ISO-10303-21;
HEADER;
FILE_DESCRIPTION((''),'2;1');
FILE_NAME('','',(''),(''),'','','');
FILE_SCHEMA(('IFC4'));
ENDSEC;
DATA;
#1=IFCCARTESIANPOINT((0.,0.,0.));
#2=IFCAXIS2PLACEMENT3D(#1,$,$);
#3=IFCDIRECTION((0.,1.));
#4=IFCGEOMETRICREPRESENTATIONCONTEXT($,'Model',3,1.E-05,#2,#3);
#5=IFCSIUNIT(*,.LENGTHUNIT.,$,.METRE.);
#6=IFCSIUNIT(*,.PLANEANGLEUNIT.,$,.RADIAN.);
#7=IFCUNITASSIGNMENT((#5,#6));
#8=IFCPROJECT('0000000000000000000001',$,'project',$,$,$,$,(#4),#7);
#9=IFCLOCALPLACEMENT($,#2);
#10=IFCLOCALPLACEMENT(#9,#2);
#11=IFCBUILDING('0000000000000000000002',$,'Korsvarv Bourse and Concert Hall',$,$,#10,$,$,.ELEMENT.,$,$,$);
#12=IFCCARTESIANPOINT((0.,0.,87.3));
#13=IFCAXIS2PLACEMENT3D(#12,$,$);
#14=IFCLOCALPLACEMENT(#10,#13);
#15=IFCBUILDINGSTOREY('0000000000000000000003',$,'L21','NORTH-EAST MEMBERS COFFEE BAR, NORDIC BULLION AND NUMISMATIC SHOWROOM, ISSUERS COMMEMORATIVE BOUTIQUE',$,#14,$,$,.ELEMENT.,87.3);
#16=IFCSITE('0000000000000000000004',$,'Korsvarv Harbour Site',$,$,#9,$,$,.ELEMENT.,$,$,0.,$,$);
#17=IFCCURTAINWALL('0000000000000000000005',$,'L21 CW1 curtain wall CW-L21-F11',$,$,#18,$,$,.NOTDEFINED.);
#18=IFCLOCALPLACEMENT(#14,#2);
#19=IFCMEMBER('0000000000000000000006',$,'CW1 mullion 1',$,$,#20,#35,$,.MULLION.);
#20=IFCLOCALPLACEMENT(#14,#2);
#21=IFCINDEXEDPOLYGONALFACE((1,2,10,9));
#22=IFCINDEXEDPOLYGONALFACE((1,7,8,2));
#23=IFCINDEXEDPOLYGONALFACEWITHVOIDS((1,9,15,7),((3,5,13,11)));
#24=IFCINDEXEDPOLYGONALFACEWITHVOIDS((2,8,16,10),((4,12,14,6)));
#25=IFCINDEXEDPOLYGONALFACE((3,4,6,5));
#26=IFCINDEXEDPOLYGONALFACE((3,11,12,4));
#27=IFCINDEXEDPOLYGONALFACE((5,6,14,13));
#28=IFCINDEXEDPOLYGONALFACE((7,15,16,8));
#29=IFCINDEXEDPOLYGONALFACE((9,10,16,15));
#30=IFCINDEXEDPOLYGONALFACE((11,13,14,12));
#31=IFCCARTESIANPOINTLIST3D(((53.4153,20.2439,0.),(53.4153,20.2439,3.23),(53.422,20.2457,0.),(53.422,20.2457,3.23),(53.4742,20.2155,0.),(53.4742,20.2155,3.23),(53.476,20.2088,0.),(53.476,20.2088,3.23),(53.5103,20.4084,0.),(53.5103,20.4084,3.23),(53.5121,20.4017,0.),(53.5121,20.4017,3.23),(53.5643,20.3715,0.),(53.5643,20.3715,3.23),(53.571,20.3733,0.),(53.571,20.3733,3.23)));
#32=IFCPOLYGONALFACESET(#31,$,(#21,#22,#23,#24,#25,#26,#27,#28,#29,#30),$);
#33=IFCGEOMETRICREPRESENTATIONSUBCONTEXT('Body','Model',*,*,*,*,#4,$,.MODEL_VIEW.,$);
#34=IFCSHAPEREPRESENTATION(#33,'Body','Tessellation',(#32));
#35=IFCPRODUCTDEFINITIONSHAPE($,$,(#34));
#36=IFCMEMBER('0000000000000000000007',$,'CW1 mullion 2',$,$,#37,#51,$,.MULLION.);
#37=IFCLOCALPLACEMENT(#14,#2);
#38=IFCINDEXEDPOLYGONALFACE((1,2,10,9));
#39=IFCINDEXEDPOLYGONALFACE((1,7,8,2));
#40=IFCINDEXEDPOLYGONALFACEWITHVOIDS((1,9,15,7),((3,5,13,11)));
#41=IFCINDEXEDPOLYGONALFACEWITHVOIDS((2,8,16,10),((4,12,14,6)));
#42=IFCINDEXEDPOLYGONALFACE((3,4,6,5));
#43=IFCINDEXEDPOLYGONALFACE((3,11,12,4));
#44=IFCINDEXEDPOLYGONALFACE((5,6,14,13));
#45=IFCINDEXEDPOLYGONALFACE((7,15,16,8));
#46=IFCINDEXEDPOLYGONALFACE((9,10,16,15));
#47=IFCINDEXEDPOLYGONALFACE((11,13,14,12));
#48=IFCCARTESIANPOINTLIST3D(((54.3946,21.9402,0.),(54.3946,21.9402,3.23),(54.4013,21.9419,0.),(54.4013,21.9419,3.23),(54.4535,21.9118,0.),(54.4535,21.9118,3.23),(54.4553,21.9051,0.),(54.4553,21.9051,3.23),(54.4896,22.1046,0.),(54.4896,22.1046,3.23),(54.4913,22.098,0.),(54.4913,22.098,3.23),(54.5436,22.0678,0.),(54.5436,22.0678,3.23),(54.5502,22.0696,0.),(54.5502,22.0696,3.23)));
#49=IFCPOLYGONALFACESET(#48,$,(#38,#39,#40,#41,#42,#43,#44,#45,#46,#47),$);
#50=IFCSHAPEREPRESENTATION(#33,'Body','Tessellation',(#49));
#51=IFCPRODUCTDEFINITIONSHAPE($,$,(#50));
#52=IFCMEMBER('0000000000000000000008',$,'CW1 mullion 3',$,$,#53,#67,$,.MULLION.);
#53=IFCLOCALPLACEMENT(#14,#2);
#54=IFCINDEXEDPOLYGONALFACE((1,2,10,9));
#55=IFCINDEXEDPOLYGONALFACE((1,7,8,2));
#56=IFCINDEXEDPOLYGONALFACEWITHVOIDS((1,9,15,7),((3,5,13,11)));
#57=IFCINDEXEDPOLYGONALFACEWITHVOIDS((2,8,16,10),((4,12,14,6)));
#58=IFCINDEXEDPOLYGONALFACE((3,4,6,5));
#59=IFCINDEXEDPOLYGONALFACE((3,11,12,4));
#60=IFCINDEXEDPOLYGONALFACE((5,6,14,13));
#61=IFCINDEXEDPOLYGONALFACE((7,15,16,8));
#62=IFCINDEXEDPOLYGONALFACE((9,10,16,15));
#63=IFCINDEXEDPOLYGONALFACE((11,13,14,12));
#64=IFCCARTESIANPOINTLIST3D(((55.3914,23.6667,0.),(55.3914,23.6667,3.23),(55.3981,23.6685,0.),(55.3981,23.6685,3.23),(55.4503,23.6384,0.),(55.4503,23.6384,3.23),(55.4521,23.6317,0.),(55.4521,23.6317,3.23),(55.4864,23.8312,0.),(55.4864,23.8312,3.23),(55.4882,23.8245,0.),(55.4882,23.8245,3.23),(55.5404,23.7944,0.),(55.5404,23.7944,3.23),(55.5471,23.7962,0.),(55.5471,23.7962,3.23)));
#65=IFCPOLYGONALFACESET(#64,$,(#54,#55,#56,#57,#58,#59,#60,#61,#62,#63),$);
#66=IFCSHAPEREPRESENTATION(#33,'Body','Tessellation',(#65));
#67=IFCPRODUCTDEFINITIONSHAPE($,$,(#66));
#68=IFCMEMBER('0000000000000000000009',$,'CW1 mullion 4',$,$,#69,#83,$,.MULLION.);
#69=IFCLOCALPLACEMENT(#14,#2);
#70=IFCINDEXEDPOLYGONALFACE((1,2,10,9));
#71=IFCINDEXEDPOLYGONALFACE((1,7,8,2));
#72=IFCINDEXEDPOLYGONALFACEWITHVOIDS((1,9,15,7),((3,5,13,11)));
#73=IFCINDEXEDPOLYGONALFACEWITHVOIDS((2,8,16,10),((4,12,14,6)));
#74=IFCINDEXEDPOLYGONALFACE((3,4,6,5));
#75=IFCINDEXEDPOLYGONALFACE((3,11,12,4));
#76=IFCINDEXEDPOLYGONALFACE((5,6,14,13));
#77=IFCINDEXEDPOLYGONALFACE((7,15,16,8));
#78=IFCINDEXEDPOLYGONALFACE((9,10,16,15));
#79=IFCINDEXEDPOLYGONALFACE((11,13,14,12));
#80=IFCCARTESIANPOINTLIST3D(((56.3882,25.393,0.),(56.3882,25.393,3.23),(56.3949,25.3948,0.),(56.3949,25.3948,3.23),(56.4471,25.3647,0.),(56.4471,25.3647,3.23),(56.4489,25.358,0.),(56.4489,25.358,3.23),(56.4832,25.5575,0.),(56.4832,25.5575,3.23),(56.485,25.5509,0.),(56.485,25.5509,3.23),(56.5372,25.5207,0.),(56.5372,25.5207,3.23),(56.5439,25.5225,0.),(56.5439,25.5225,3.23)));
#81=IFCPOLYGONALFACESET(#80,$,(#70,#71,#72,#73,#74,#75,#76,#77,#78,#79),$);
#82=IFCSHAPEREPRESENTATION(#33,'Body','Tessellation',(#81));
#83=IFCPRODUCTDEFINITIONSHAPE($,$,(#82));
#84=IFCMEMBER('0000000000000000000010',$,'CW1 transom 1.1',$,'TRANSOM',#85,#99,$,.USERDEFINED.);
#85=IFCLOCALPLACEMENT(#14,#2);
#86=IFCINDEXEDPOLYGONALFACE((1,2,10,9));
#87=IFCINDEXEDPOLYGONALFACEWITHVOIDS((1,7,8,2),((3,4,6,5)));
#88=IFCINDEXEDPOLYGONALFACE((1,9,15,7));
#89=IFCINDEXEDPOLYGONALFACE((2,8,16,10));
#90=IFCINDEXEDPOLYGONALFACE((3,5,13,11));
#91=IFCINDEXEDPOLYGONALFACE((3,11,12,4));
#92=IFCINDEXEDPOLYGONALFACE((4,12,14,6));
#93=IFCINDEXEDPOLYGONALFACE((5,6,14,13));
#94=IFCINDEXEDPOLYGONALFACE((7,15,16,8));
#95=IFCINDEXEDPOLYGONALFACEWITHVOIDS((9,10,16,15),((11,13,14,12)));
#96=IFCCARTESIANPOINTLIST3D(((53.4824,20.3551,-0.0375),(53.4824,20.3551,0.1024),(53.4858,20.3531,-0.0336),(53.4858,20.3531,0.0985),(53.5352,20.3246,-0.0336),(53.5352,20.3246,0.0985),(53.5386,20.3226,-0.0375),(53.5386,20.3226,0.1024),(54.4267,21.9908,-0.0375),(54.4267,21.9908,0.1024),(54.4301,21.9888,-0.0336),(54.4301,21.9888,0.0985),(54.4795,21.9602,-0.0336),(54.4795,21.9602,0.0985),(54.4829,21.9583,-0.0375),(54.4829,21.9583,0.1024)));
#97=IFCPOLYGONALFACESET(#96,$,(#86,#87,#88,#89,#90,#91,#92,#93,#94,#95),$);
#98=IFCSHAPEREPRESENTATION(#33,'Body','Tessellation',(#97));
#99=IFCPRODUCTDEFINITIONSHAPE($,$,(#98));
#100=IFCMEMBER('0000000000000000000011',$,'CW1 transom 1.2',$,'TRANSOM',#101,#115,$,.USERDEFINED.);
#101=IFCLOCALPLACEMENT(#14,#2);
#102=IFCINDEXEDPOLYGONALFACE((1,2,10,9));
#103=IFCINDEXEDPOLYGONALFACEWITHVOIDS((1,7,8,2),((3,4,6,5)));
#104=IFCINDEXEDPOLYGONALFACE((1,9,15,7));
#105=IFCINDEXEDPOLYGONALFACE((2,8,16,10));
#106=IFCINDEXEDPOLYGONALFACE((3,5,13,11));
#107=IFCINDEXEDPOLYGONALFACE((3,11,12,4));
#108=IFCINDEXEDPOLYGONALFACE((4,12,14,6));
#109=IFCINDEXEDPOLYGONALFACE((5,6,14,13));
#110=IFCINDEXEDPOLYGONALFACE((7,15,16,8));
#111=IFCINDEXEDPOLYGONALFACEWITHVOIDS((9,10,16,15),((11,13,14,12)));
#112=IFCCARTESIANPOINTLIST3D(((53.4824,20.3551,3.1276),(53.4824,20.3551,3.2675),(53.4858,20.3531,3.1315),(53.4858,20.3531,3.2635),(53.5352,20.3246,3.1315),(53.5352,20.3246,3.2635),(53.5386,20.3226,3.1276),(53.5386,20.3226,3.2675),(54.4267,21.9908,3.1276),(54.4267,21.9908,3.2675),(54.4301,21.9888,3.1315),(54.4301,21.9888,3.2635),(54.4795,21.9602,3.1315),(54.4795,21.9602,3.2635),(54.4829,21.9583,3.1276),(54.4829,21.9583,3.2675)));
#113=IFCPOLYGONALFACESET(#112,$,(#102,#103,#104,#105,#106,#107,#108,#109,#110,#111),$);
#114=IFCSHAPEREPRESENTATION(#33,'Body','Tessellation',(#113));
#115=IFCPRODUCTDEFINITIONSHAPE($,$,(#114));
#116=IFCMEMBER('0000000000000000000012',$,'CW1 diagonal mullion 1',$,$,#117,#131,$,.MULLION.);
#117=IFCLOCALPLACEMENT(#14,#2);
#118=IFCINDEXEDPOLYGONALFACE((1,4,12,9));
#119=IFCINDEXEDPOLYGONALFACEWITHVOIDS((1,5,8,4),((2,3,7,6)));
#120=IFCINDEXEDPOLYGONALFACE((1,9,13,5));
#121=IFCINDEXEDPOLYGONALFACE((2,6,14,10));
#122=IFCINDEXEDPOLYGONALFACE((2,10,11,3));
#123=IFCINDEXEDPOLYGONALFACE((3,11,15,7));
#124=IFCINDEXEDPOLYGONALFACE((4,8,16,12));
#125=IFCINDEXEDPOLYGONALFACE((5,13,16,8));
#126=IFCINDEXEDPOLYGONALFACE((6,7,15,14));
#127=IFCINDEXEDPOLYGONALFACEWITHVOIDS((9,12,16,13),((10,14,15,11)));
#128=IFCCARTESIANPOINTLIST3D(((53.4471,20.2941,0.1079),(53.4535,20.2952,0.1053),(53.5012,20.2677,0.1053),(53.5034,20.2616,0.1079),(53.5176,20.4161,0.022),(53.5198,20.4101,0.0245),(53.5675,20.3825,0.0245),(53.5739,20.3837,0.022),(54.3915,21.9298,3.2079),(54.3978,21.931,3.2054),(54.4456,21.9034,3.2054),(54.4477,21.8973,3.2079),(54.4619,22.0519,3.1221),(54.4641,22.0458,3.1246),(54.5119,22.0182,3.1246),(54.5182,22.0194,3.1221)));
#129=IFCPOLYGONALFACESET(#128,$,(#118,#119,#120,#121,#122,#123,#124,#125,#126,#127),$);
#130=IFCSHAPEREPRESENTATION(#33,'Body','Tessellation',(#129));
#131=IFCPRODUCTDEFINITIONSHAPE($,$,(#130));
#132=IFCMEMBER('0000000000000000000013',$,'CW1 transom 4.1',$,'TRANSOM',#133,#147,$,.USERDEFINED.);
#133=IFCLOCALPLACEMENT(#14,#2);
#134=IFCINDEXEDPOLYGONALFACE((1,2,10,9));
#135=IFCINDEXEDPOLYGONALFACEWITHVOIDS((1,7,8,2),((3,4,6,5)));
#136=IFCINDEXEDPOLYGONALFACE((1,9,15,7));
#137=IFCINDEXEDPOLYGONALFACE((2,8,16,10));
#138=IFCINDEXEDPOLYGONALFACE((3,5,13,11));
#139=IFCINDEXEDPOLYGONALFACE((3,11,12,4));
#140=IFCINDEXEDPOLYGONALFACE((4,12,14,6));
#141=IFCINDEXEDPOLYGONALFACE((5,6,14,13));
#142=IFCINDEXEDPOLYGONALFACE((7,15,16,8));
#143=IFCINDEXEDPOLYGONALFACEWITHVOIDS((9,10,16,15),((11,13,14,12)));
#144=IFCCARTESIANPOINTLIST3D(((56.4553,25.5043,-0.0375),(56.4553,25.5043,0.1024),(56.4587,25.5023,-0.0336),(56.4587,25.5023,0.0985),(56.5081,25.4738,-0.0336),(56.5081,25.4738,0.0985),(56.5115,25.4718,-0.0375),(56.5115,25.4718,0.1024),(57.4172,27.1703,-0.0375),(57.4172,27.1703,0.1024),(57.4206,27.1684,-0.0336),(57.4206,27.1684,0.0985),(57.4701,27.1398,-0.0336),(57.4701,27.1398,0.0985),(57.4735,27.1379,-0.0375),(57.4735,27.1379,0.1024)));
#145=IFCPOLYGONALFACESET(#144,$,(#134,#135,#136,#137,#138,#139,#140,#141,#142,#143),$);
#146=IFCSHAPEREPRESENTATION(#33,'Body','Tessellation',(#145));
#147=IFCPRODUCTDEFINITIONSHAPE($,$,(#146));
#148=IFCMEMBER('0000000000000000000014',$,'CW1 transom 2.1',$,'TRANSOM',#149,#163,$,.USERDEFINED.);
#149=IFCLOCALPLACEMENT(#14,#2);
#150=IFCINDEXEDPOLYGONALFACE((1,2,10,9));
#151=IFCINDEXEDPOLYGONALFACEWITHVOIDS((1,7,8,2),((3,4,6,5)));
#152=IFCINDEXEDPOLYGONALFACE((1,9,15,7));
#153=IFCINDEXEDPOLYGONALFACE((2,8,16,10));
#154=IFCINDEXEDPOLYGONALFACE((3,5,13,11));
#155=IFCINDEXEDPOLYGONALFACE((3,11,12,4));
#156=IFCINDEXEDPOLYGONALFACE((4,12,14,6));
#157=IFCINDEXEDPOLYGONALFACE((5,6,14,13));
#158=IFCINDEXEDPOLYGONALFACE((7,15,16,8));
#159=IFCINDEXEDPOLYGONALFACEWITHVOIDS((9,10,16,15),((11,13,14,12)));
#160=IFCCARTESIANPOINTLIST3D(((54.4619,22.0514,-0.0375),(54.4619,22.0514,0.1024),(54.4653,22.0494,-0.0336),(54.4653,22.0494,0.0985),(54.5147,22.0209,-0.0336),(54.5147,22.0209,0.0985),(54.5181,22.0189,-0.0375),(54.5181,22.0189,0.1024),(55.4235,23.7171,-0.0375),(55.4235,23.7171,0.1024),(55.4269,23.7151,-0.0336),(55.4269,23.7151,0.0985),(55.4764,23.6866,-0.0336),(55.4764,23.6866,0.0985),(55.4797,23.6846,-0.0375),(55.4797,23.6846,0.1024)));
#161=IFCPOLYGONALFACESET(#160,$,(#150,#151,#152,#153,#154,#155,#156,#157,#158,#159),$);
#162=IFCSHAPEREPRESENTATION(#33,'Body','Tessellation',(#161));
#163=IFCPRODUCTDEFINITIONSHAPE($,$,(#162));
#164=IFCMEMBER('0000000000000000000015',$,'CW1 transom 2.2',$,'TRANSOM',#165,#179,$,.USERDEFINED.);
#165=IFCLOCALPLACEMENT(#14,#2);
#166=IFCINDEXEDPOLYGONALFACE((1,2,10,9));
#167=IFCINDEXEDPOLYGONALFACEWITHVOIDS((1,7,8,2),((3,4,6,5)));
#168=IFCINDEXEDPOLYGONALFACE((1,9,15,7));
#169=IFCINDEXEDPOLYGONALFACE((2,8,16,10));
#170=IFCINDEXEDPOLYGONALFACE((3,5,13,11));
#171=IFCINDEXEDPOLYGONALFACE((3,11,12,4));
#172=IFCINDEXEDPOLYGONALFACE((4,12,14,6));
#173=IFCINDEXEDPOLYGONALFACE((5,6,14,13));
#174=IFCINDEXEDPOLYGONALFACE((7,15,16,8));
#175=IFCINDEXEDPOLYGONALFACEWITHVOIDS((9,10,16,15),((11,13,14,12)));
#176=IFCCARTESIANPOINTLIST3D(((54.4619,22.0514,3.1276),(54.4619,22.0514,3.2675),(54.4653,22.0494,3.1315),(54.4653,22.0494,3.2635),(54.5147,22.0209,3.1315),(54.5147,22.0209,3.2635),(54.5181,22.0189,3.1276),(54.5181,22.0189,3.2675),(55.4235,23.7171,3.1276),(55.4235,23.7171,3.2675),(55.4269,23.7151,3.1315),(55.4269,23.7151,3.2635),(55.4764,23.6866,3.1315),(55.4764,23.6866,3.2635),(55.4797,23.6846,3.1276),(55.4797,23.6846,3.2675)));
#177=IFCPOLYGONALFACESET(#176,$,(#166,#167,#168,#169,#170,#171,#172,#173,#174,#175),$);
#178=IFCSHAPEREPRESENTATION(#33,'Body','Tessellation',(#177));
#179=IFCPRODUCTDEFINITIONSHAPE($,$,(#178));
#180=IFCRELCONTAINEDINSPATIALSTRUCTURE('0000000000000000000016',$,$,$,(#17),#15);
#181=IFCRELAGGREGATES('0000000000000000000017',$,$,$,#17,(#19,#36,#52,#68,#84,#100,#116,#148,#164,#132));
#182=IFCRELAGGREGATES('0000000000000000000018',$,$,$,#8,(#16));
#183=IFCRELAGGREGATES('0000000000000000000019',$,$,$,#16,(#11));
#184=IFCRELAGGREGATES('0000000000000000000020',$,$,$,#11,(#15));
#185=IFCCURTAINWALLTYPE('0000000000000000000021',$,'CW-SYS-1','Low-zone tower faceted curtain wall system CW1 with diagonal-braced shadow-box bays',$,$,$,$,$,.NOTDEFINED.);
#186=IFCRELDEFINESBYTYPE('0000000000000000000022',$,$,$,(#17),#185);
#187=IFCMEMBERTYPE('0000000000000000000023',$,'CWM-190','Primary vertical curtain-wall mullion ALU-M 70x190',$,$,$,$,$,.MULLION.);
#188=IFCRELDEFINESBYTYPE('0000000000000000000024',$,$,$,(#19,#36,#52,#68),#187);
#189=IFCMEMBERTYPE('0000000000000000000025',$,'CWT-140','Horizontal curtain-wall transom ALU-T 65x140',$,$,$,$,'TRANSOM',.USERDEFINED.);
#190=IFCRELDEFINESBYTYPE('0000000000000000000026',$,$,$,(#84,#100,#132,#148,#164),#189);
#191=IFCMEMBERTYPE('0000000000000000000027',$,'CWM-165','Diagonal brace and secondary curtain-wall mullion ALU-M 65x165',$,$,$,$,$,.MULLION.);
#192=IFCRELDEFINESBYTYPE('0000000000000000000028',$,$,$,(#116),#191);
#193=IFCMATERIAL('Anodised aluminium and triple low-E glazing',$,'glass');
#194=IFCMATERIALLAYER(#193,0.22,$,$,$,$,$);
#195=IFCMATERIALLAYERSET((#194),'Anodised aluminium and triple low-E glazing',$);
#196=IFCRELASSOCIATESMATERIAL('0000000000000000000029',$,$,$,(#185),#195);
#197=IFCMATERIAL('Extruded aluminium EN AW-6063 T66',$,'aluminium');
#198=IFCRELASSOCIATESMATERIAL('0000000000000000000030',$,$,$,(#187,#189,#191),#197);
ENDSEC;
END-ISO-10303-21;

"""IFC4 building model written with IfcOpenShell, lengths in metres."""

from ifc_helpers import new_model, si_unit, direction, frame, origin, origin_2d, place, context, subcontext, project, spatial, hollow_rectangle, extrude, source, transform, mapped, material, layer, layer_set, material_profile, profile_set, type_object, element, aggregate, save


model = new_model("IFC4")

# Units and contexts
model_context = context("Model", 3, precision=1e-05, world=origin(), true_north=direction((0.0, 1.0)))
body_context = subcontext(model_context, "Body", "Model", "MODEL_VIEW")
ifc_project = project(units=[si_unit("LENGTHUNIT", "METRE"), si_unit("PLANEANGLEUNIT", "RADIAN")], contexts=[model_context])

# Site, building, storey
site_placement = place(None, origin())
site = spatial("IfcSite", under=ifc_project, at=site_placement, Name="Korsvarv Harbour Site", CompositionType="ELEMENT", RefElevation=0.0)
building_placement = place(site_placement, origin())
building = spatial("IfcBuilding", under=site, at=building_placement, Name="Korsvarv Bourse and Concert Hall", CompositionType="ELEMENT")
storey_placement = place(building_placement, frame((0.0, 0.0, 87.3)))
storey = spatial("IfcBuildingStorey", under=building, at=storey_placement, Name="L21", Description="NORTH-EAST MEMBERS COFFEE BAR, NORDIC BULLION AND NUMISMATIC SHOWROOM, ISSUERS COMMEMORATIVE BOUTIQUE", CompositionType="ELEMENT", Elevation=87.3)

# Curtain wall, members
ifc_material_1 = material(Name="Anodised aluminium and triple low-E glazing", Category="glass")
ifc_layer_1 = layer(ifc_material_1, 0.22)
ifc_layer_set_1 = layer_set([ifc_layer_1], Name="Anodised aluminium and triple low-E glazing")
curtain_wall_type = type_object("IfcCurtainWallType", Name="CW-SYS-1", Description="Low-zone tower faceted curtain wall system CW1 with diagonal-braced shadow-box bays", PredefinedType="NOTDEFINED", material=ifc_layer_set_1)
curtain_wall_placement = place(storey_placement, origin())
curtain_wall = element("IfcCurtainWall", 1, at=curtain_wall_placement, inside=storey, type_object=curtain_wall_type, Name="L21 CW1 curtain wall CW-L21-F11", PredefinedType="NOTDEFINED")
ifc_material_2 = material(Name="Extruded aluminium EN AW-6063 T66", Category="aluminium")
ifc_material_profile_1 = material_profile(ifc_material_2, hollow_rectangle(XDim=0.0701, YDim=0.1899, WallThickness=0.0049, at=origin_2d()), Name="ALU-M 70x190")
ifc_profile_set_1 = profile_set([ifc_material_profile_1], Name="Extruded aluminium EN AW-6063 T66")
member_type_1 = type_object("IfcMemberType", Name="CWM-190", Description="Primary vertical curtain-wall mullion ALU-M 70x190", PredefinedType="MULLION", material=ifc_profile_set_1)
shared_shape_1 = source(origin(), body_context, "Body", "SweptSolid", [
    extrude(hollow_rectangle(XDim=0.0701, YDim=0.1899, WallThickness=0.0049, at=origin_2d()), origin(), (0.0, 0.0, 1.0), 3.23),
])
member_1_placement = place(storey_placement, frame((53.4932, 20.3086, 0.0), z_axis=(0.0, 0.0, 1.0), x_axis=(-0.866026, 0.499999, 0.0)))
member_1 = element("IfcMember", 2, at=member_1_placement, type_object=member_type_1, Name="CW1 mullion 1", PredefinedType="MULLION", context=body_context, shape_type="MappedRepresentation", body=[
    mapped(shared_shape_1, transform((0.0, 0.0, 0.0), scale=1.0)),
])
member_2_placement = place(storey_placement, frame((54.4724, 22.0049, 0.0), z_axis=(0.0, 0.0, 1.0), x_axis=(-0.866026, 0.499999, 0.0)))
member_2 = element("IfcMember", 3, at=member_2_placement, type_object=member_type_1, Name="CW1 mullion 2", PredefinedType="MULLION", context=body_context, shape_type="MappedRepresentation", body=[
    mapped(shared_shape_1, transform((0.0, 0.0, 0.0), scale=1.0)),
])
member_3_placement = place(storey_placement, frame((55.4692, 23.7314, 0.0), z_axis=(0.0, 0.0, 1.0), x_axis=(-0.866026, 0.499999, 0.0)))
member_3 = element("IfcMember", 4, at=member_3_placement, type_object=member_type_1, Name="CW1 mullion 3", PredefinedType="MULLION", context=body_context, shape_type="MappedRepresentation", body=[
    mapped(shared_shape_1, transform((0.0, 0.0, 0.0), scale=1.0)),
])
member_4_placement = place(storey_placement, frame((56.4661, 25.4578, 0.0), z_axis=(0.0, 0.0, 1.0), x_axis=(-0.866026, 0.499999, 0.0)))
member_4 = element("IfcMember", 5, at=member_4_placement, type_object=member_type_1, Name="CW1 mullion 4", PredefinedType="MULLION", context=body_context, shape_type="MappedRepresentation", body=[
    mapped(shared_shape_1, transform((0.0, 0.0, 0.0), scale=1.0)),
])
ifc_material_profile_2 = material_profile(ifc_material_2, hollow_rectangle(XDim=0.0649, YDim=0.1399, WallThickness=0.0039, at=origin_2d()), Name="ALU-T 65x140")
ifc_profile_set_2 = profile_set([ifc_material_profile_2], Name="Extruded aluminium EN AW-6063 T66")
member_type_2 = type_object("IfcMemberType", Name="CWT-140", Description="Horizontal curtain-wall transom ALU-T 65x140", ElementType="TRANSOM", PredefinedType="USERDEFINED", material=ifc_profile_set_2)
shared_shape_2 = source(origin(), body_context, "Body", "SweptSolid", [
    extrude(hollow_rectangle(XDim=0.0649, YDim=0.1399, WallThickness=0.0039, at=origin_2d()), origin(), (0.0, 0.0, 1.0), 1.8887),
])
member_5_placement = place(storey_placement, frame((53.5105, 20.3389, 0.0325), z_axis=(0.499976, 0.866039, 0.0), x_axis=(-0.866039, 0.499976, 0.0)))
member_5 = element("IfcMember", 6, at=member_5_placement, type_object=member_type_2, Name="CW1 transom 1.1", ObjectType="TRANSOM", PredefinedType="USERDEFINED", context=body_context, shape_type="MappedRepresentation", body=[
    mapped(shared_shape_2, transform((0.0, 0.0, 0.0), scale=1.0)),
])
member_6_placement = place(storey_placement, frame((53.5105, 20.3389, 3.1975), z_axis=(0.499976, 0.866039, 0.0), x_axis=(-0.866039, 0.499976, 0.0)))
member_6 = element("IfcMember", 7, at=member_6_placement, type_object=member_type_2, Name="CW1 transom 1.2", ObjectType="TRANSOM", PredefinedType="USERDEFINED", context=body_context, shape_type="MappedRepresentation", body=[
    mapped(shared_shape_2, transform((0.0, 0.0, 0.0), scale=1.0)),
])
ifc_material_profile_3 = material_profile(ifc_material_2, hollow_rectangle(XDim=0.0649, YDim=0.165, WallThickness=0.0049, at=origin_2d()), Name="ALU-M 65x165")
ifc_profile_set_3 = profile_set([ifc_material_profile_3], Name="Extruded aluminium EN AW-6063 T66")
member_type_3 = type_object("IfcMemberType", Name="CWM-165", Description="Diagonal brace and secondary curtain-wall mullion ALU-M 65x165", PredefinedType="MULLION", material=ifc_profile_set_3)
shared_shape_3 = source(origin(), body_context, "Body", "SweptSolid", [
    extrude(hollow_rectangle(XDim=0.0649, YDim=0.165, WallThickness=0.0049, at=origin_2d()), origin(), (0.0, 0.0, 1.0), 3.6301),
])
member_7_placement = place(storey_placement, frame((53.5105, 20.3389, 0.0649), z_axis=(0.260137, 0.450598, 0.853985), x_axis=(-0.866039, 0.499976, 0.0)))
member_7 = element("IfcMember", 8, at=member_7_placement, type_object=member_type_3, Name="CW1 diagonal mullion 1", PredefinedType="MULLION", context=body_context, shape_type="MappedRepresentation", body=[
    mapped(shared_shape_3, transform((0.0, 0.0, 0.0), scale=1.0)),
])
shared_shape_4 = source(origin(), body_context, "Body", "SweptSolid", [
    extrude(hollow_rectangle(XDim=0.0649, YDim=0.1399, WallThickness=0.0039, at=origin_2d()), origin(), (0.0, 0.0, 1.0), 1.9238),
])
member_8_placement = place(storey_placement, frame((56.4834, 25.488, 0.0325), z_axis=(0.500015, 0.866017, 0.0), x_axis=(-0.866017, 0.500015, 0.0)))
member_8 = element("IfcMember", 9, at=member_8_placement, type_object=member_type_2, Name="CW1 transom 4.1", ObjectType="TRANSOM", PredefinedType="USERDEFINED", context=body_context, shape_type="MappedRepresentation", body=[
    mapped(shared_shape_4, transform((0.0, 0.0, 0.0), scale=1.0)),
])
shared_shape_5 = source(origin(), body_context, "Body", "SweptSolid", [
    extrude(hollow_rectangle(XDim=0.0649, YDim=0.1399, WallThickness=0.0039, at=origin_2d()), origin(), (0.0, 0.0, 1.0), 1.9233),
])
member_9_placement = place(storey_placement, frame((54.49, 22.0352, 0.0325), z_axis=(0.499975, 0.86604, 0.0), x_axis=(-0.86604, 0.499975, 0.0)))
member_9 = element("IfcMember", 10, at=member_9_placement, type_object=member_type_2, Name="CW1 transom 2.1", ObjectType="TRANSOM", PredefinedType="USERDEFINED", context=body_context, shape_type="MappedRepresentation", body=[
    mapped(shared_shape_5, transform((0.0, 0.0, 0.0), scale=1.0)),
])
member_10_placement = place(storey_placement, frame((54.49, 22.0352, 3.1975), z_axis=(0.499975, 0.86604, 0.0), x_axis=(-0.86604, 0.499975, 0.0)))
member_10 = element("IfcMember", 11, at=member_10_placement, type_object=member_type_2, Name="CW1 transom 2.2", ObjectType="TRANSOM", PredefinedType="USERDEFINED", context=body_context, shape_type="MappedRepresentation", body=[
    mapped(shared_shape_5, transform((0.0, 0.0, 0.0), scale=1.0)),
])
aggregate(curtain_wall, [member_1, member_2, member_3, member_4, member_5, member_6, member_7, member_9, member_10, member_8])

save(model, "model.ifc")
